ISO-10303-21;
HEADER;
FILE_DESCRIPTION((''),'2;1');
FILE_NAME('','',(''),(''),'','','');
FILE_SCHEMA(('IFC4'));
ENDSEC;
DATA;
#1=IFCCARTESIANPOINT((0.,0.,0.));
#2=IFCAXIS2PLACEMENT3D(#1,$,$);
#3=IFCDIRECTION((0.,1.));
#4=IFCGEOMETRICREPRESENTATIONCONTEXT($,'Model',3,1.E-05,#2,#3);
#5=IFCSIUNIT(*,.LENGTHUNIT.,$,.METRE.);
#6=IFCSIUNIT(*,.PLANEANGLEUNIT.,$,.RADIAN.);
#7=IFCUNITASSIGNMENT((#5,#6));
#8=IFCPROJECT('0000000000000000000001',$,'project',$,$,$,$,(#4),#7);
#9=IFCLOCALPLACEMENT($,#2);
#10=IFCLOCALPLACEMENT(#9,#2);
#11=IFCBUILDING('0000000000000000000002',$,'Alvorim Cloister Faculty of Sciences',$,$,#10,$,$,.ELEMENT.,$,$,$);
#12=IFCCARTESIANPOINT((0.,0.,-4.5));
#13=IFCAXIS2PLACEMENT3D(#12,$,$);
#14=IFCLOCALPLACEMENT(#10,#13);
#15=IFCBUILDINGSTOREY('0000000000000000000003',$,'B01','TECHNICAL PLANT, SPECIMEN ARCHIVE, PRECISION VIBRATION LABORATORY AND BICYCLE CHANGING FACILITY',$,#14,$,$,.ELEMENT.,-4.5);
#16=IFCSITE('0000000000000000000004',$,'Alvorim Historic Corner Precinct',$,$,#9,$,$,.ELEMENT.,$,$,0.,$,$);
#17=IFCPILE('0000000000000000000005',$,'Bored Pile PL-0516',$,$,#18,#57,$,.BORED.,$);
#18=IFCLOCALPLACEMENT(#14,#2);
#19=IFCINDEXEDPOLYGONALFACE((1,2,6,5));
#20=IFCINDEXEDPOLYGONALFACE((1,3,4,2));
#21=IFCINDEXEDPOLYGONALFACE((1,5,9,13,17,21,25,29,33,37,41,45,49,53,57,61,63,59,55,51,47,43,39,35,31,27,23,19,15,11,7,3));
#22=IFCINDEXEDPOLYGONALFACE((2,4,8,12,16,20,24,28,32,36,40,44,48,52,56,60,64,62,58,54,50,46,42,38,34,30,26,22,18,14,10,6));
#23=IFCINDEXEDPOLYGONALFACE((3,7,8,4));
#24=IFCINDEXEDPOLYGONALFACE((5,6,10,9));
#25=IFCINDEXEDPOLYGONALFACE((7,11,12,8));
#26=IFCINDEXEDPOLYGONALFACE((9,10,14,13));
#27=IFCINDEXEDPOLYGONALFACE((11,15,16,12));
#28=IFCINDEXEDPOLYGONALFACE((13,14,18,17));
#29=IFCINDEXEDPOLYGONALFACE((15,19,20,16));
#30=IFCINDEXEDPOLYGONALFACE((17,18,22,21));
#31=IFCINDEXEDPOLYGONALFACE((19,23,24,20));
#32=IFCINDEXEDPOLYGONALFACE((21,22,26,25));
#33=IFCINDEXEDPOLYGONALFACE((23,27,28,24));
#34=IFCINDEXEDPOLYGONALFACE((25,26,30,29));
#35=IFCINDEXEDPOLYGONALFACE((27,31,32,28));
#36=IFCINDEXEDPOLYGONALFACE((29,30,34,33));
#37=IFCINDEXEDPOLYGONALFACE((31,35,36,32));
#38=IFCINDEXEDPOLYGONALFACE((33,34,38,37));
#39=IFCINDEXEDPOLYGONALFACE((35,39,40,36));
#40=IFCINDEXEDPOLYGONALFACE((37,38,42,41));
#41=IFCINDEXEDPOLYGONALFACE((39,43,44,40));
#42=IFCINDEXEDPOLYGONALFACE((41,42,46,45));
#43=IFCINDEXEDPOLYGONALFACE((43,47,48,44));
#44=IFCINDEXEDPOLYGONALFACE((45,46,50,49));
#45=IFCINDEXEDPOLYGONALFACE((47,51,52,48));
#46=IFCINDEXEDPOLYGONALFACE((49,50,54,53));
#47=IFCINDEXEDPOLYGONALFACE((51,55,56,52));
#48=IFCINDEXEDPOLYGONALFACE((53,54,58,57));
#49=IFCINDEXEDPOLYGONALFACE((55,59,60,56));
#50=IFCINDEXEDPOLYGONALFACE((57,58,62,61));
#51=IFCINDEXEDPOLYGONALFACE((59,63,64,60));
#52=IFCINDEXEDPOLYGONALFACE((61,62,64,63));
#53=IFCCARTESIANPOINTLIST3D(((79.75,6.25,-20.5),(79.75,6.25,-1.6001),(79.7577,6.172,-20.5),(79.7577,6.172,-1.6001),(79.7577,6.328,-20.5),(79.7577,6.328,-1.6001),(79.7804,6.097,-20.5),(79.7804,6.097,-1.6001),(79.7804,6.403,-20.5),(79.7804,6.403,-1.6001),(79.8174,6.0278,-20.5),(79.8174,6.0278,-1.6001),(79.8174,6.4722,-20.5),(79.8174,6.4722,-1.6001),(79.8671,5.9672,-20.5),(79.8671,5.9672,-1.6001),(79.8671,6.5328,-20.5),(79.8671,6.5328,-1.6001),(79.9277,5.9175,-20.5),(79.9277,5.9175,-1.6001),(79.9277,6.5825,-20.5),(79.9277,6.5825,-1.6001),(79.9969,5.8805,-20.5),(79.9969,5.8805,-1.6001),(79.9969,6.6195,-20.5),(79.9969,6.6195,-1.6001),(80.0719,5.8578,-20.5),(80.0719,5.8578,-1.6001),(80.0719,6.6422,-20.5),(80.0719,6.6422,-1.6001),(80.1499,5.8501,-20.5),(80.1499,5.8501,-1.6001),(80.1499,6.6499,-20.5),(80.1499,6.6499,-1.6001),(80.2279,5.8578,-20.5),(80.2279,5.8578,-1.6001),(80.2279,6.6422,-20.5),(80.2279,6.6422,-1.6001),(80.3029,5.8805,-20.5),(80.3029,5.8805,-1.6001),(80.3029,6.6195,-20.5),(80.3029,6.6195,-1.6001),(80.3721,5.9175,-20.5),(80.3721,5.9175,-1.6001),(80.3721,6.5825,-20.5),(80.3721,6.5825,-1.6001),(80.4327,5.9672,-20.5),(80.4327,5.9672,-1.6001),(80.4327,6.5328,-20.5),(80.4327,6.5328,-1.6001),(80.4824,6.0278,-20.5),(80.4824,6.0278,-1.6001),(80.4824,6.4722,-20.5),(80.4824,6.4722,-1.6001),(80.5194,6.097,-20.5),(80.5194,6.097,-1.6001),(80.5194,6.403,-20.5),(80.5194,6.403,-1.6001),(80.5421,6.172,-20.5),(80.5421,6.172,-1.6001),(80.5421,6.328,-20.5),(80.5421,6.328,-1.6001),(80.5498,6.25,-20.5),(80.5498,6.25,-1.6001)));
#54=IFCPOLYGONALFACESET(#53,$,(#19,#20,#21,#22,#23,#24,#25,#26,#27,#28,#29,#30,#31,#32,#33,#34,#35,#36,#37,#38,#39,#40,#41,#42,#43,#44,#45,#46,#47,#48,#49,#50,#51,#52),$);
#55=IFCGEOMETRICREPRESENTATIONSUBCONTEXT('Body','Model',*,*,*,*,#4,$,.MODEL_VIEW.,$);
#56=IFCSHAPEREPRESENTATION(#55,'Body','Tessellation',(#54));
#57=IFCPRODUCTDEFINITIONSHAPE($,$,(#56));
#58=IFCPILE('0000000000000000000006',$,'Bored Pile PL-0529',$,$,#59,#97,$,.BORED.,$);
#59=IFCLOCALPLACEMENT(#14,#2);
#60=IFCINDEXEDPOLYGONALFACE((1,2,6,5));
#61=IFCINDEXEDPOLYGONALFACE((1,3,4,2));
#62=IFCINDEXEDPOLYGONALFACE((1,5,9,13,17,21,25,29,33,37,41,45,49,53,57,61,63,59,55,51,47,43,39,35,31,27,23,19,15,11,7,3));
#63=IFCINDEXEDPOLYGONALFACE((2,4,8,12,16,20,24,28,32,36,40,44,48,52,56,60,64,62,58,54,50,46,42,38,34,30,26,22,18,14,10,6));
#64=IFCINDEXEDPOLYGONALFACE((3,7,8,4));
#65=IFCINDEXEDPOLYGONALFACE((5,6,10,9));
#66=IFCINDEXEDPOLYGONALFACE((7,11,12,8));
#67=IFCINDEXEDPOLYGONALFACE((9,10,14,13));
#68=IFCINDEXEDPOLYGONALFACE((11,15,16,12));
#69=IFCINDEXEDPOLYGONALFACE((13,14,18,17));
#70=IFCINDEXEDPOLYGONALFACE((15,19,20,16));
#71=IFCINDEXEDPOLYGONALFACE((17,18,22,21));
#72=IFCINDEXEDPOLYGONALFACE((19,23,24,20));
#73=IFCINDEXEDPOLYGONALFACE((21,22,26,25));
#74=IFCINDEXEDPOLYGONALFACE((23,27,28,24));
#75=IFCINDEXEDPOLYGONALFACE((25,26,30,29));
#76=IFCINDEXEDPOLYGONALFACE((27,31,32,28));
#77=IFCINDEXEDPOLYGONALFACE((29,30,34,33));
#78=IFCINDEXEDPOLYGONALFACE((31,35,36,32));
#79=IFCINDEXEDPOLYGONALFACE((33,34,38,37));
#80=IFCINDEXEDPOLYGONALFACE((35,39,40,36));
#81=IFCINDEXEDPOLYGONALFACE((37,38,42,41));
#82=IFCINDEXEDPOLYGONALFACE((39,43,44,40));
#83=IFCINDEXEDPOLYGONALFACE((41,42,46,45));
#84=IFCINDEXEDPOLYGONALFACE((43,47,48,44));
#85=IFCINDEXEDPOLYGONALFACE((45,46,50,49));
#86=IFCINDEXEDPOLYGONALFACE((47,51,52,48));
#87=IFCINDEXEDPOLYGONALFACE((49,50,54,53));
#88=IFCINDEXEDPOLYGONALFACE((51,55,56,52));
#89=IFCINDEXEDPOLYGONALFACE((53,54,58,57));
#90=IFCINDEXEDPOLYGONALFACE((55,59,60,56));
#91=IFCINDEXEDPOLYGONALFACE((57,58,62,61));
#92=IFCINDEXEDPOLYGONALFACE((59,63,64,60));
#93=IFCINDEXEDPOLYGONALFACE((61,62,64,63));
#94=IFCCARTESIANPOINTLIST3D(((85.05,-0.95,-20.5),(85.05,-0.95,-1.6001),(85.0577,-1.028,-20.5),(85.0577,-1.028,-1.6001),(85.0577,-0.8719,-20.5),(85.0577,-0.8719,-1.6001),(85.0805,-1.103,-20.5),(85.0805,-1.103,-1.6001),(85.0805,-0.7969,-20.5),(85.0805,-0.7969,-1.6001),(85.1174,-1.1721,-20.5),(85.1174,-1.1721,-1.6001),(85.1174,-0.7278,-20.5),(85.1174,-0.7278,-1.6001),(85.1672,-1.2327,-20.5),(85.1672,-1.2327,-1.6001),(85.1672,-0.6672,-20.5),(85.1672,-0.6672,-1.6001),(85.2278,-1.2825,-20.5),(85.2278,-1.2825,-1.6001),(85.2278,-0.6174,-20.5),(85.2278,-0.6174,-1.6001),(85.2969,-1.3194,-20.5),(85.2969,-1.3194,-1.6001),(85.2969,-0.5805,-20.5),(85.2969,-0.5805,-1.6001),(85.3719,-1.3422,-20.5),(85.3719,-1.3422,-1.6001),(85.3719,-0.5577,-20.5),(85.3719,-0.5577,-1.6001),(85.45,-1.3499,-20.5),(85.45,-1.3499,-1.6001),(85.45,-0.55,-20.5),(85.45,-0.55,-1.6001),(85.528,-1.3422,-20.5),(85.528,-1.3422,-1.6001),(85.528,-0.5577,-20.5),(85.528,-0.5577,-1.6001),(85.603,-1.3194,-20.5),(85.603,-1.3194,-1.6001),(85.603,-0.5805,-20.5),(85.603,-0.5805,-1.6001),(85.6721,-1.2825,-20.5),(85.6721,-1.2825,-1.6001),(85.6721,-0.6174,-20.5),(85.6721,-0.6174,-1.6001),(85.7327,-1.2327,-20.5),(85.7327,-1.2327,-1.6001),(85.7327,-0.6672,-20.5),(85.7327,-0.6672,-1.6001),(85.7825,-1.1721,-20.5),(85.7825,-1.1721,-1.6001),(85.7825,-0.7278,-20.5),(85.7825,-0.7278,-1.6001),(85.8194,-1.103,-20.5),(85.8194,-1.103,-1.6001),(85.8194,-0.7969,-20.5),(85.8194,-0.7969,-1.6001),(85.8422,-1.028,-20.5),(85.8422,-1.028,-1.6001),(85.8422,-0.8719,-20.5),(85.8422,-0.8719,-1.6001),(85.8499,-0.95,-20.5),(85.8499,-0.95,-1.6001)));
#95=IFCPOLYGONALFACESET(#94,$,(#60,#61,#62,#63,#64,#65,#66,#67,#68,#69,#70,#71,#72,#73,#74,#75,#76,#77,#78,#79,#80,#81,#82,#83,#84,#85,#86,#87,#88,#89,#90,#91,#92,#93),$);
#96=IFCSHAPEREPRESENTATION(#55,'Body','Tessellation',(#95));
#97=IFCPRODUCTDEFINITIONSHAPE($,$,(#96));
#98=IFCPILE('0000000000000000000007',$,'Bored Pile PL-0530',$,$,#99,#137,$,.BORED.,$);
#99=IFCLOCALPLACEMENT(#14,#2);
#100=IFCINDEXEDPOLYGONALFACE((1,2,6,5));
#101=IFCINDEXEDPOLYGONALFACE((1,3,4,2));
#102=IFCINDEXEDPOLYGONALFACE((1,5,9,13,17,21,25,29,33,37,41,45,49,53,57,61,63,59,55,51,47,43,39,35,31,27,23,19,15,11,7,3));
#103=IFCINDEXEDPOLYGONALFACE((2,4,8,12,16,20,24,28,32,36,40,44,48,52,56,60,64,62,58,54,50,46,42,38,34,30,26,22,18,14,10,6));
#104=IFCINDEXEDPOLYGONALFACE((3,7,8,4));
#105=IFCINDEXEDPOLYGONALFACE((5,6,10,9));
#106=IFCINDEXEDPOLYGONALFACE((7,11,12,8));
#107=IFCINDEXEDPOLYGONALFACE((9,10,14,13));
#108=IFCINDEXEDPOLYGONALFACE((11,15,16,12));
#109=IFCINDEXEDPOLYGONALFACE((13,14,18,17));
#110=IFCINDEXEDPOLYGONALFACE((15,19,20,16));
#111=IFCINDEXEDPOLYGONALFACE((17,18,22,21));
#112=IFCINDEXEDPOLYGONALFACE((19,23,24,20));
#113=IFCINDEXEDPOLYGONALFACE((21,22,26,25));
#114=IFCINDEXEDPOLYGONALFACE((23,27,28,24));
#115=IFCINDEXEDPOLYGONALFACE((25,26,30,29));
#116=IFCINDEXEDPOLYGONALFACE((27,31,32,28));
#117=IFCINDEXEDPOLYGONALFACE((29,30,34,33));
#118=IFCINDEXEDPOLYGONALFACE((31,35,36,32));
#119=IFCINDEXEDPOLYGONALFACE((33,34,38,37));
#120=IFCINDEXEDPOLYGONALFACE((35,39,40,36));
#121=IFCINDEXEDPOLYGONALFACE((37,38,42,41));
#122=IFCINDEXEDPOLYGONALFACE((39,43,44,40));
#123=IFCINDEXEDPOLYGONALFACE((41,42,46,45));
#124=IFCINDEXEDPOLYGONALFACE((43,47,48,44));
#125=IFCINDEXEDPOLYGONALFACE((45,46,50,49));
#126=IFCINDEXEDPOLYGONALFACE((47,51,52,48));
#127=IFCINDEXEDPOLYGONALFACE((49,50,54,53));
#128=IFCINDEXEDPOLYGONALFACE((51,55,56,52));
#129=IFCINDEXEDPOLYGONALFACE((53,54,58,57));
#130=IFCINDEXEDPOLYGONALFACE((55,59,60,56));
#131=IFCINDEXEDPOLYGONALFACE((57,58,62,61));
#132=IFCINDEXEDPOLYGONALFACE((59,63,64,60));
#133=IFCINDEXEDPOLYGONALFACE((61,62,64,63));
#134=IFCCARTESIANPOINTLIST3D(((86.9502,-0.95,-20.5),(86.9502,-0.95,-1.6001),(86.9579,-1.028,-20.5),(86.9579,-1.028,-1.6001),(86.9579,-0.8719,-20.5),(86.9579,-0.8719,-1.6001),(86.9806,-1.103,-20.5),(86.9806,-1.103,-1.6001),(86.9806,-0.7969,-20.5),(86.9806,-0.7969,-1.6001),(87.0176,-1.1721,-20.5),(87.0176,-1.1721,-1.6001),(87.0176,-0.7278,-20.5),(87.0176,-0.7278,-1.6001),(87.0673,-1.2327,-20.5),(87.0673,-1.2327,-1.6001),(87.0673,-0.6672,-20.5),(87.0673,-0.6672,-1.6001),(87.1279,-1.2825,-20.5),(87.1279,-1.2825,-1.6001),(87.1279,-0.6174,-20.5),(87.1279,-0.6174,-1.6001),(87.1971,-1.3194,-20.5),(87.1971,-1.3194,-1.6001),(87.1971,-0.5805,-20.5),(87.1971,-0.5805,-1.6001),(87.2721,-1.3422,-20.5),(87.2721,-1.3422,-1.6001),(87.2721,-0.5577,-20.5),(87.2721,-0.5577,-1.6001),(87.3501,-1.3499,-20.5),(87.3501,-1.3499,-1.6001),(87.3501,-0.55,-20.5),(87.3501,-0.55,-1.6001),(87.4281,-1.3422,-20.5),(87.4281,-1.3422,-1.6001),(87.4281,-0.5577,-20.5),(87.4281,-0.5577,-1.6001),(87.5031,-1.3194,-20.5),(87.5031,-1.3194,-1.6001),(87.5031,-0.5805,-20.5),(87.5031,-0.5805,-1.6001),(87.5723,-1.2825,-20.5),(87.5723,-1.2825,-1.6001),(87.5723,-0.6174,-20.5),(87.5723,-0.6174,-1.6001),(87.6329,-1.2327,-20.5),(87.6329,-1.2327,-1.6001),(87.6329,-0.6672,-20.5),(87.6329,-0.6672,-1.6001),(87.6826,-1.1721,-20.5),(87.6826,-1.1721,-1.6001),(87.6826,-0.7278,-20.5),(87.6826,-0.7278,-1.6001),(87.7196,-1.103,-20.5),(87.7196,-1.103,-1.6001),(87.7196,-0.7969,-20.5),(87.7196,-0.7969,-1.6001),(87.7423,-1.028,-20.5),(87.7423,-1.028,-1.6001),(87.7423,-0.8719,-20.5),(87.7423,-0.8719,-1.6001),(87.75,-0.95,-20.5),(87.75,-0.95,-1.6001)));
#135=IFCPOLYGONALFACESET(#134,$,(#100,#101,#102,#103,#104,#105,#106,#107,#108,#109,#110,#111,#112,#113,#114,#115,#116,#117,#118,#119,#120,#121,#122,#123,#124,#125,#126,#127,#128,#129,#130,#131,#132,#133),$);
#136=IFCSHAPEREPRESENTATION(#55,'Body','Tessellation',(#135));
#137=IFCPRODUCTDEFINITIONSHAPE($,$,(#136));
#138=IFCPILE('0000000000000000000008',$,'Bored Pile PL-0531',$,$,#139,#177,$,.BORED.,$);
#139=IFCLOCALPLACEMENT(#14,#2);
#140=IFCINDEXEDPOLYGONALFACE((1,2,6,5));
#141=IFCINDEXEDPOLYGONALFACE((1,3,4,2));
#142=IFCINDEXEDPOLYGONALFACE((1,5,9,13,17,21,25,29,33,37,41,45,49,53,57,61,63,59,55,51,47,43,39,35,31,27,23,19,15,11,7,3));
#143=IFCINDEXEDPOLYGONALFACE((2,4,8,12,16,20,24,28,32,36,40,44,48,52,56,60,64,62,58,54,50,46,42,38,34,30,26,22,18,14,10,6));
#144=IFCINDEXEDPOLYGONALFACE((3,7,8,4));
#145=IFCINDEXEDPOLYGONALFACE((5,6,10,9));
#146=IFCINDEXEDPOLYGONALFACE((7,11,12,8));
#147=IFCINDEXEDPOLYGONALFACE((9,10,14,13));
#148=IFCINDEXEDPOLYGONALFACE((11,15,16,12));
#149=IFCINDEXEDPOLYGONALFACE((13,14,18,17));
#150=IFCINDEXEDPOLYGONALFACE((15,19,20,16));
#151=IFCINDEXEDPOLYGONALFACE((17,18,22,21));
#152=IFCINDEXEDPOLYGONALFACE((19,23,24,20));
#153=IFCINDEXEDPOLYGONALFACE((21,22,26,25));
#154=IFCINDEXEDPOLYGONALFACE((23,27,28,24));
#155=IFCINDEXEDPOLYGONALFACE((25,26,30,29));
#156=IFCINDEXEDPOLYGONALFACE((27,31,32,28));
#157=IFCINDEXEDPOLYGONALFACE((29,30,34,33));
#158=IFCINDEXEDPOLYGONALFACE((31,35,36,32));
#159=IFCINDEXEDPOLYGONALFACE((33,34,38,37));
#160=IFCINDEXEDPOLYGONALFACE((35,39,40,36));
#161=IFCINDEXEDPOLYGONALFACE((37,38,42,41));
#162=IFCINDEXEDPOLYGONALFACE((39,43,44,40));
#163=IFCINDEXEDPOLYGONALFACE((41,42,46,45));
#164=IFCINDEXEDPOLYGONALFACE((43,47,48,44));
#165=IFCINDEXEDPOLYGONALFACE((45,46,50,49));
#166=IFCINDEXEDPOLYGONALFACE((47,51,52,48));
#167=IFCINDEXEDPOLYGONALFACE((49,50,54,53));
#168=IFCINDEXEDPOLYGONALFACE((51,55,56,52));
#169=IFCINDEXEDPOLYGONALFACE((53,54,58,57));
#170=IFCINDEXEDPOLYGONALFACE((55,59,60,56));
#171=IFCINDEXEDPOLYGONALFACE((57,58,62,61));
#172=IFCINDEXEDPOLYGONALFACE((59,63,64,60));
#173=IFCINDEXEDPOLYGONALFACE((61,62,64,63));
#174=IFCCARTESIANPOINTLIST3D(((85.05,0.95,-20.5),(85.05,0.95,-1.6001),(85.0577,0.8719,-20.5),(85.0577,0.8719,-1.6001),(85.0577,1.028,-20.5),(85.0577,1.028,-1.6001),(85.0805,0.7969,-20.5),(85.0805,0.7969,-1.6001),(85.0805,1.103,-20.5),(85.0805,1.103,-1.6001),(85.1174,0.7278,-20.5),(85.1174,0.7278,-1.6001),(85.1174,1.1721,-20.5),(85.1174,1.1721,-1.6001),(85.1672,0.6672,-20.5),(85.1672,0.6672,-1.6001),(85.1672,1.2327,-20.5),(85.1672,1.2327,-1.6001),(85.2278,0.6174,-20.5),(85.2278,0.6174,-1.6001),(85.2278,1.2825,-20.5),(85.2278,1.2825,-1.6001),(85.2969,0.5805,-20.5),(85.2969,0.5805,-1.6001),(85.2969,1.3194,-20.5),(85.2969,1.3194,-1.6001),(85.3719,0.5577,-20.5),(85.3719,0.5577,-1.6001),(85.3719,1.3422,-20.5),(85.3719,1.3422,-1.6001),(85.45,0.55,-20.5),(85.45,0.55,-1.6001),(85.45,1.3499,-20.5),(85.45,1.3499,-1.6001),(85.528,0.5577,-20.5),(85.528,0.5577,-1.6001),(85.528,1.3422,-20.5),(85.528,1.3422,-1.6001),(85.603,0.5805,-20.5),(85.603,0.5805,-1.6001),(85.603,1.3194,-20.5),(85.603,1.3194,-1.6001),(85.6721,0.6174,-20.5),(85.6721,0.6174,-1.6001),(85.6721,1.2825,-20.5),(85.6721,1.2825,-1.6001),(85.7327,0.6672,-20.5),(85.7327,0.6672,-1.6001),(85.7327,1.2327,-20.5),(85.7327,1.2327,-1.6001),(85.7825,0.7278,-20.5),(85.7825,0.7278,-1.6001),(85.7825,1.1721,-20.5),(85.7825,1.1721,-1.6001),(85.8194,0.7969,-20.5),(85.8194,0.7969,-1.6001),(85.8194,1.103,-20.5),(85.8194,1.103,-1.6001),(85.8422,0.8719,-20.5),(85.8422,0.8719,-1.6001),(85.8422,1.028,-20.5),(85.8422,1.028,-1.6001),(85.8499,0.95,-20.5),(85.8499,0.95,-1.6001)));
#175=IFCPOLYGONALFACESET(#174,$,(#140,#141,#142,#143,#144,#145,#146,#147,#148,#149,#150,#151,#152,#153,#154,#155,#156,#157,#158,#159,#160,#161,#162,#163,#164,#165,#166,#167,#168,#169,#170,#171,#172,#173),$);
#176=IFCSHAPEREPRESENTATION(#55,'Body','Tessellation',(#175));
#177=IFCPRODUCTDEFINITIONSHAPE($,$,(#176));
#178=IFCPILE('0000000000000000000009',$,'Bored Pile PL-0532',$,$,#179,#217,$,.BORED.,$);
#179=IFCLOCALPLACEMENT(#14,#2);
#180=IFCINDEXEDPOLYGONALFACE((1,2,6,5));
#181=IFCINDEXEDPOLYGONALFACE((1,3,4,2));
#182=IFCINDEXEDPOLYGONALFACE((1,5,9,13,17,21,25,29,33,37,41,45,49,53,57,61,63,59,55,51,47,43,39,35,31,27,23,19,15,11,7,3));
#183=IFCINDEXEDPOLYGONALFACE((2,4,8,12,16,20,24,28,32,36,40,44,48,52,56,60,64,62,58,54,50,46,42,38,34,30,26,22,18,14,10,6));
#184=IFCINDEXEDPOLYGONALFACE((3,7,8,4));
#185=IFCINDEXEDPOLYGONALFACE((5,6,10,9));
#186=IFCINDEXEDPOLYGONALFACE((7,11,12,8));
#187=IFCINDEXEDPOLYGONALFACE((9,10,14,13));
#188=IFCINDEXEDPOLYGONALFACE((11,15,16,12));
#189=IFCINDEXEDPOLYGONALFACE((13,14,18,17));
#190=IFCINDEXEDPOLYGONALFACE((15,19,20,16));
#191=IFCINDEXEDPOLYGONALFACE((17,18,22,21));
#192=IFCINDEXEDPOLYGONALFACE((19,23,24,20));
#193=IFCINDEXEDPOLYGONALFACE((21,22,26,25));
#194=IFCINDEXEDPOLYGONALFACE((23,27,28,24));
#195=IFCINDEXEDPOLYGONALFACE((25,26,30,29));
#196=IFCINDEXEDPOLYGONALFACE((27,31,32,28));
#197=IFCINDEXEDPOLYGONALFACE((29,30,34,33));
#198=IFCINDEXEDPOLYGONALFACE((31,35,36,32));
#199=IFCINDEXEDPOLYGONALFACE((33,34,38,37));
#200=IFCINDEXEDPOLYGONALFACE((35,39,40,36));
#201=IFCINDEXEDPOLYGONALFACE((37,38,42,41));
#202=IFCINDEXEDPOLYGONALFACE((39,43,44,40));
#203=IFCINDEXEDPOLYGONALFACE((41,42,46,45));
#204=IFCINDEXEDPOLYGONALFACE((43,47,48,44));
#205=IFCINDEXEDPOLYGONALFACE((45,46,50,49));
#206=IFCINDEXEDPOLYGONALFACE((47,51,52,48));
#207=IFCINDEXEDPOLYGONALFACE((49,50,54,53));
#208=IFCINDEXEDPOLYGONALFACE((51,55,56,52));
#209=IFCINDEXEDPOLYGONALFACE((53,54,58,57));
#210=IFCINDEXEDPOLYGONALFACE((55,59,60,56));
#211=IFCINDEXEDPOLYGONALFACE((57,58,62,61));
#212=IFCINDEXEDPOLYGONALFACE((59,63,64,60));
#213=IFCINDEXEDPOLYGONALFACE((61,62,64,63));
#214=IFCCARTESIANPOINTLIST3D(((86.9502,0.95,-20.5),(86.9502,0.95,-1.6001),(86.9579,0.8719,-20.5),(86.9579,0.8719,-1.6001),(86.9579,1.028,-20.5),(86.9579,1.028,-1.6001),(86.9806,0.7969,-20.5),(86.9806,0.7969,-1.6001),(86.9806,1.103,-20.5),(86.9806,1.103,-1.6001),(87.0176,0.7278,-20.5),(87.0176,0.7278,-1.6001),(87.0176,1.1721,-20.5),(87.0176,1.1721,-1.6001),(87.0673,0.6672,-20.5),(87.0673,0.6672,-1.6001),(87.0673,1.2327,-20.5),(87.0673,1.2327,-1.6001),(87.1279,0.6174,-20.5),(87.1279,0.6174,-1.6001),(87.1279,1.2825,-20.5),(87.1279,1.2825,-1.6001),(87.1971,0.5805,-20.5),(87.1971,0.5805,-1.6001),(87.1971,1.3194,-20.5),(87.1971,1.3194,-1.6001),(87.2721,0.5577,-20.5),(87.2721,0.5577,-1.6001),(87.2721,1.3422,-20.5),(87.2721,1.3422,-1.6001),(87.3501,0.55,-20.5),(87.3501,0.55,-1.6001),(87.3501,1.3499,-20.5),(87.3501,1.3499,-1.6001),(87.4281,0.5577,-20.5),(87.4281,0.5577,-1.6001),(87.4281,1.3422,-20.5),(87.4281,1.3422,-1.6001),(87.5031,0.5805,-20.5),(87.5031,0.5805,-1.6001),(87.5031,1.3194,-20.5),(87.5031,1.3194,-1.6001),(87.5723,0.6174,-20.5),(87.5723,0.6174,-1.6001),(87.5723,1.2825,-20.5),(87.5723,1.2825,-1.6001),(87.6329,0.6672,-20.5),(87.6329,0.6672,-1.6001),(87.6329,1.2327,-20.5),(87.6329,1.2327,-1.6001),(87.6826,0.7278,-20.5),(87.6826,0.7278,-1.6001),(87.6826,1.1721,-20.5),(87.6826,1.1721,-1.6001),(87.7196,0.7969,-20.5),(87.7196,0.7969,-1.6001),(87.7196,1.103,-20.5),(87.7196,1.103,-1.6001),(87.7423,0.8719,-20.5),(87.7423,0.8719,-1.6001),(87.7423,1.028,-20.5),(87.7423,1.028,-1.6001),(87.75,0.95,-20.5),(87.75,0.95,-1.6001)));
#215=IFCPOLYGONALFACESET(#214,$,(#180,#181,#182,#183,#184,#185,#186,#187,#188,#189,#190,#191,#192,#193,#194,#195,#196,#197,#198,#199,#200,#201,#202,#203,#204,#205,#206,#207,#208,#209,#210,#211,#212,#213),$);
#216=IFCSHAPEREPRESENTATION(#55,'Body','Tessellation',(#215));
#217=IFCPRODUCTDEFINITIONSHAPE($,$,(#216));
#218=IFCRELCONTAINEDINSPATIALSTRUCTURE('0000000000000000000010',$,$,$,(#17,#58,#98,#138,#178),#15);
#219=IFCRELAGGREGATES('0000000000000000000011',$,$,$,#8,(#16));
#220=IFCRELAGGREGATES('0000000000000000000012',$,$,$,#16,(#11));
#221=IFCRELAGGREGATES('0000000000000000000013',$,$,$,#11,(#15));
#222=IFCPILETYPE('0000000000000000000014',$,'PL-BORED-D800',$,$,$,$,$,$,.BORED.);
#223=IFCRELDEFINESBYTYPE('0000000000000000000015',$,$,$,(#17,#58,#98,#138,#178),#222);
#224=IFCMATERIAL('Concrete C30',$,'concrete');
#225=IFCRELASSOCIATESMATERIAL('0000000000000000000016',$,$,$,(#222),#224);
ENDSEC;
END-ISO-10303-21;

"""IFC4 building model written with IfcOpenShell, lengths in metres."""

from ifc_helpers import new_model, si_unit, direction, frame, origin, origin_2d, place, context, subcontext, project, spatial, circle, extrude, material, material_profile, profile_set, type_object, element, save


model = new_model("IFC4")

# Units and contexts
model_context = context("Model", 3, precision=1e-05, world=origin(), true_north=direction((0.0, 1.0)))
body_context = subcontext(model_context, "Body", "Model", "MODEL_VIEW")
ifc_project = project(units=[si_unit("LENGTHUNIT", "METRE"), si_unit("PLANEANGLEUNIT", "RADIAN")], contexts=[model_context])

# Site, building, storey
site_placement = place(None, origin())
site = spatial("IfcSite", under=ifc_project, at=site_placement, Name="Alvorim Historic Corner Precinct", CompositionType="ELEMENT", RefElevation=0.0)
building_placement = place(site_placement, origin())
building = spatial("IfcBuilding", under=site, at=building_placement, Name="Alvorim Cloister Faculty of Sciences", CompositionType="ELEMENT")
storey_placement = place(building_placement, frame((0.0, 0.0, -4.5)))
storey = spatial("IfcBuildingStorey", under=building, at=storey_placement, Name="B01", Description="TECHNICAL PLANT, SPECIMEN ARCHIVE, PRECISION VIBRATION LABORATORY AND BICYCLE CHANGING FACILITY", CompositionType="ELEMENT", Elevation=-4.5)

# Piles
ifc_material_1 = material(Name="Concrete C30", Category="concrete")
ifc_material_profile_1 = material_profile(ifc_material_1, circle(Radius=0.3999, at=origin_2d()), Name="PILE-D800")
ifc_profile_set_1 = profile_set([ifc_material_profile_1], Name="Concrete C30")
pile_type = type_object("IfcPileType", Name="PL-BORED-D800", PredefinedType="BORED", material=ifc_profile_set_1)
for number, where, z_axis, x_axis, name in (
    (1, (80.1499, 6.25, -1.6001), (0.0, 0.0, -1.0), (1.0, 0.0, 0.0), "Bored Pile PL-0516"),
    (2, (85.45, -0.95, -1.6001), (0.0, 0.0, -1.0), (1.0, 0.0, 0.0), "Bored Pile PL-0529"),
    (3, (87.3501, -0.95, -1.6001), (0.0, 0.0, -1.0), (1.0, 0.0, 0.0), "Bored Pile PL-0530"),
    (4, (85.45, 0.95, -1.6001), (0.0, 0.0, -1.0), (1.0, 0.0, 0.0), "Bored Pile PL-0531"),
    (5, (87.3501, 0.95, -1.6001), (0.0, 0.0, -1.0), (1.0, 0.0, 0.0), "Bored Pile PL-0532"),
):
    element("IfcPile", number, at=place(storey_placement, frame(where, z_axis=z_axis, x_axis=x_axis)), inside=storey, type_object=pile_type, Name=name, PredefinedType="BORED", context=body_context, shape_type="SweptSolid", body=[
        extrude(circle(Radius=0.3999, at=origin_2d()), origin(), (0.0, 0.0, 1.0), 18.8999),
    ])

save(model, "model.ifc")
